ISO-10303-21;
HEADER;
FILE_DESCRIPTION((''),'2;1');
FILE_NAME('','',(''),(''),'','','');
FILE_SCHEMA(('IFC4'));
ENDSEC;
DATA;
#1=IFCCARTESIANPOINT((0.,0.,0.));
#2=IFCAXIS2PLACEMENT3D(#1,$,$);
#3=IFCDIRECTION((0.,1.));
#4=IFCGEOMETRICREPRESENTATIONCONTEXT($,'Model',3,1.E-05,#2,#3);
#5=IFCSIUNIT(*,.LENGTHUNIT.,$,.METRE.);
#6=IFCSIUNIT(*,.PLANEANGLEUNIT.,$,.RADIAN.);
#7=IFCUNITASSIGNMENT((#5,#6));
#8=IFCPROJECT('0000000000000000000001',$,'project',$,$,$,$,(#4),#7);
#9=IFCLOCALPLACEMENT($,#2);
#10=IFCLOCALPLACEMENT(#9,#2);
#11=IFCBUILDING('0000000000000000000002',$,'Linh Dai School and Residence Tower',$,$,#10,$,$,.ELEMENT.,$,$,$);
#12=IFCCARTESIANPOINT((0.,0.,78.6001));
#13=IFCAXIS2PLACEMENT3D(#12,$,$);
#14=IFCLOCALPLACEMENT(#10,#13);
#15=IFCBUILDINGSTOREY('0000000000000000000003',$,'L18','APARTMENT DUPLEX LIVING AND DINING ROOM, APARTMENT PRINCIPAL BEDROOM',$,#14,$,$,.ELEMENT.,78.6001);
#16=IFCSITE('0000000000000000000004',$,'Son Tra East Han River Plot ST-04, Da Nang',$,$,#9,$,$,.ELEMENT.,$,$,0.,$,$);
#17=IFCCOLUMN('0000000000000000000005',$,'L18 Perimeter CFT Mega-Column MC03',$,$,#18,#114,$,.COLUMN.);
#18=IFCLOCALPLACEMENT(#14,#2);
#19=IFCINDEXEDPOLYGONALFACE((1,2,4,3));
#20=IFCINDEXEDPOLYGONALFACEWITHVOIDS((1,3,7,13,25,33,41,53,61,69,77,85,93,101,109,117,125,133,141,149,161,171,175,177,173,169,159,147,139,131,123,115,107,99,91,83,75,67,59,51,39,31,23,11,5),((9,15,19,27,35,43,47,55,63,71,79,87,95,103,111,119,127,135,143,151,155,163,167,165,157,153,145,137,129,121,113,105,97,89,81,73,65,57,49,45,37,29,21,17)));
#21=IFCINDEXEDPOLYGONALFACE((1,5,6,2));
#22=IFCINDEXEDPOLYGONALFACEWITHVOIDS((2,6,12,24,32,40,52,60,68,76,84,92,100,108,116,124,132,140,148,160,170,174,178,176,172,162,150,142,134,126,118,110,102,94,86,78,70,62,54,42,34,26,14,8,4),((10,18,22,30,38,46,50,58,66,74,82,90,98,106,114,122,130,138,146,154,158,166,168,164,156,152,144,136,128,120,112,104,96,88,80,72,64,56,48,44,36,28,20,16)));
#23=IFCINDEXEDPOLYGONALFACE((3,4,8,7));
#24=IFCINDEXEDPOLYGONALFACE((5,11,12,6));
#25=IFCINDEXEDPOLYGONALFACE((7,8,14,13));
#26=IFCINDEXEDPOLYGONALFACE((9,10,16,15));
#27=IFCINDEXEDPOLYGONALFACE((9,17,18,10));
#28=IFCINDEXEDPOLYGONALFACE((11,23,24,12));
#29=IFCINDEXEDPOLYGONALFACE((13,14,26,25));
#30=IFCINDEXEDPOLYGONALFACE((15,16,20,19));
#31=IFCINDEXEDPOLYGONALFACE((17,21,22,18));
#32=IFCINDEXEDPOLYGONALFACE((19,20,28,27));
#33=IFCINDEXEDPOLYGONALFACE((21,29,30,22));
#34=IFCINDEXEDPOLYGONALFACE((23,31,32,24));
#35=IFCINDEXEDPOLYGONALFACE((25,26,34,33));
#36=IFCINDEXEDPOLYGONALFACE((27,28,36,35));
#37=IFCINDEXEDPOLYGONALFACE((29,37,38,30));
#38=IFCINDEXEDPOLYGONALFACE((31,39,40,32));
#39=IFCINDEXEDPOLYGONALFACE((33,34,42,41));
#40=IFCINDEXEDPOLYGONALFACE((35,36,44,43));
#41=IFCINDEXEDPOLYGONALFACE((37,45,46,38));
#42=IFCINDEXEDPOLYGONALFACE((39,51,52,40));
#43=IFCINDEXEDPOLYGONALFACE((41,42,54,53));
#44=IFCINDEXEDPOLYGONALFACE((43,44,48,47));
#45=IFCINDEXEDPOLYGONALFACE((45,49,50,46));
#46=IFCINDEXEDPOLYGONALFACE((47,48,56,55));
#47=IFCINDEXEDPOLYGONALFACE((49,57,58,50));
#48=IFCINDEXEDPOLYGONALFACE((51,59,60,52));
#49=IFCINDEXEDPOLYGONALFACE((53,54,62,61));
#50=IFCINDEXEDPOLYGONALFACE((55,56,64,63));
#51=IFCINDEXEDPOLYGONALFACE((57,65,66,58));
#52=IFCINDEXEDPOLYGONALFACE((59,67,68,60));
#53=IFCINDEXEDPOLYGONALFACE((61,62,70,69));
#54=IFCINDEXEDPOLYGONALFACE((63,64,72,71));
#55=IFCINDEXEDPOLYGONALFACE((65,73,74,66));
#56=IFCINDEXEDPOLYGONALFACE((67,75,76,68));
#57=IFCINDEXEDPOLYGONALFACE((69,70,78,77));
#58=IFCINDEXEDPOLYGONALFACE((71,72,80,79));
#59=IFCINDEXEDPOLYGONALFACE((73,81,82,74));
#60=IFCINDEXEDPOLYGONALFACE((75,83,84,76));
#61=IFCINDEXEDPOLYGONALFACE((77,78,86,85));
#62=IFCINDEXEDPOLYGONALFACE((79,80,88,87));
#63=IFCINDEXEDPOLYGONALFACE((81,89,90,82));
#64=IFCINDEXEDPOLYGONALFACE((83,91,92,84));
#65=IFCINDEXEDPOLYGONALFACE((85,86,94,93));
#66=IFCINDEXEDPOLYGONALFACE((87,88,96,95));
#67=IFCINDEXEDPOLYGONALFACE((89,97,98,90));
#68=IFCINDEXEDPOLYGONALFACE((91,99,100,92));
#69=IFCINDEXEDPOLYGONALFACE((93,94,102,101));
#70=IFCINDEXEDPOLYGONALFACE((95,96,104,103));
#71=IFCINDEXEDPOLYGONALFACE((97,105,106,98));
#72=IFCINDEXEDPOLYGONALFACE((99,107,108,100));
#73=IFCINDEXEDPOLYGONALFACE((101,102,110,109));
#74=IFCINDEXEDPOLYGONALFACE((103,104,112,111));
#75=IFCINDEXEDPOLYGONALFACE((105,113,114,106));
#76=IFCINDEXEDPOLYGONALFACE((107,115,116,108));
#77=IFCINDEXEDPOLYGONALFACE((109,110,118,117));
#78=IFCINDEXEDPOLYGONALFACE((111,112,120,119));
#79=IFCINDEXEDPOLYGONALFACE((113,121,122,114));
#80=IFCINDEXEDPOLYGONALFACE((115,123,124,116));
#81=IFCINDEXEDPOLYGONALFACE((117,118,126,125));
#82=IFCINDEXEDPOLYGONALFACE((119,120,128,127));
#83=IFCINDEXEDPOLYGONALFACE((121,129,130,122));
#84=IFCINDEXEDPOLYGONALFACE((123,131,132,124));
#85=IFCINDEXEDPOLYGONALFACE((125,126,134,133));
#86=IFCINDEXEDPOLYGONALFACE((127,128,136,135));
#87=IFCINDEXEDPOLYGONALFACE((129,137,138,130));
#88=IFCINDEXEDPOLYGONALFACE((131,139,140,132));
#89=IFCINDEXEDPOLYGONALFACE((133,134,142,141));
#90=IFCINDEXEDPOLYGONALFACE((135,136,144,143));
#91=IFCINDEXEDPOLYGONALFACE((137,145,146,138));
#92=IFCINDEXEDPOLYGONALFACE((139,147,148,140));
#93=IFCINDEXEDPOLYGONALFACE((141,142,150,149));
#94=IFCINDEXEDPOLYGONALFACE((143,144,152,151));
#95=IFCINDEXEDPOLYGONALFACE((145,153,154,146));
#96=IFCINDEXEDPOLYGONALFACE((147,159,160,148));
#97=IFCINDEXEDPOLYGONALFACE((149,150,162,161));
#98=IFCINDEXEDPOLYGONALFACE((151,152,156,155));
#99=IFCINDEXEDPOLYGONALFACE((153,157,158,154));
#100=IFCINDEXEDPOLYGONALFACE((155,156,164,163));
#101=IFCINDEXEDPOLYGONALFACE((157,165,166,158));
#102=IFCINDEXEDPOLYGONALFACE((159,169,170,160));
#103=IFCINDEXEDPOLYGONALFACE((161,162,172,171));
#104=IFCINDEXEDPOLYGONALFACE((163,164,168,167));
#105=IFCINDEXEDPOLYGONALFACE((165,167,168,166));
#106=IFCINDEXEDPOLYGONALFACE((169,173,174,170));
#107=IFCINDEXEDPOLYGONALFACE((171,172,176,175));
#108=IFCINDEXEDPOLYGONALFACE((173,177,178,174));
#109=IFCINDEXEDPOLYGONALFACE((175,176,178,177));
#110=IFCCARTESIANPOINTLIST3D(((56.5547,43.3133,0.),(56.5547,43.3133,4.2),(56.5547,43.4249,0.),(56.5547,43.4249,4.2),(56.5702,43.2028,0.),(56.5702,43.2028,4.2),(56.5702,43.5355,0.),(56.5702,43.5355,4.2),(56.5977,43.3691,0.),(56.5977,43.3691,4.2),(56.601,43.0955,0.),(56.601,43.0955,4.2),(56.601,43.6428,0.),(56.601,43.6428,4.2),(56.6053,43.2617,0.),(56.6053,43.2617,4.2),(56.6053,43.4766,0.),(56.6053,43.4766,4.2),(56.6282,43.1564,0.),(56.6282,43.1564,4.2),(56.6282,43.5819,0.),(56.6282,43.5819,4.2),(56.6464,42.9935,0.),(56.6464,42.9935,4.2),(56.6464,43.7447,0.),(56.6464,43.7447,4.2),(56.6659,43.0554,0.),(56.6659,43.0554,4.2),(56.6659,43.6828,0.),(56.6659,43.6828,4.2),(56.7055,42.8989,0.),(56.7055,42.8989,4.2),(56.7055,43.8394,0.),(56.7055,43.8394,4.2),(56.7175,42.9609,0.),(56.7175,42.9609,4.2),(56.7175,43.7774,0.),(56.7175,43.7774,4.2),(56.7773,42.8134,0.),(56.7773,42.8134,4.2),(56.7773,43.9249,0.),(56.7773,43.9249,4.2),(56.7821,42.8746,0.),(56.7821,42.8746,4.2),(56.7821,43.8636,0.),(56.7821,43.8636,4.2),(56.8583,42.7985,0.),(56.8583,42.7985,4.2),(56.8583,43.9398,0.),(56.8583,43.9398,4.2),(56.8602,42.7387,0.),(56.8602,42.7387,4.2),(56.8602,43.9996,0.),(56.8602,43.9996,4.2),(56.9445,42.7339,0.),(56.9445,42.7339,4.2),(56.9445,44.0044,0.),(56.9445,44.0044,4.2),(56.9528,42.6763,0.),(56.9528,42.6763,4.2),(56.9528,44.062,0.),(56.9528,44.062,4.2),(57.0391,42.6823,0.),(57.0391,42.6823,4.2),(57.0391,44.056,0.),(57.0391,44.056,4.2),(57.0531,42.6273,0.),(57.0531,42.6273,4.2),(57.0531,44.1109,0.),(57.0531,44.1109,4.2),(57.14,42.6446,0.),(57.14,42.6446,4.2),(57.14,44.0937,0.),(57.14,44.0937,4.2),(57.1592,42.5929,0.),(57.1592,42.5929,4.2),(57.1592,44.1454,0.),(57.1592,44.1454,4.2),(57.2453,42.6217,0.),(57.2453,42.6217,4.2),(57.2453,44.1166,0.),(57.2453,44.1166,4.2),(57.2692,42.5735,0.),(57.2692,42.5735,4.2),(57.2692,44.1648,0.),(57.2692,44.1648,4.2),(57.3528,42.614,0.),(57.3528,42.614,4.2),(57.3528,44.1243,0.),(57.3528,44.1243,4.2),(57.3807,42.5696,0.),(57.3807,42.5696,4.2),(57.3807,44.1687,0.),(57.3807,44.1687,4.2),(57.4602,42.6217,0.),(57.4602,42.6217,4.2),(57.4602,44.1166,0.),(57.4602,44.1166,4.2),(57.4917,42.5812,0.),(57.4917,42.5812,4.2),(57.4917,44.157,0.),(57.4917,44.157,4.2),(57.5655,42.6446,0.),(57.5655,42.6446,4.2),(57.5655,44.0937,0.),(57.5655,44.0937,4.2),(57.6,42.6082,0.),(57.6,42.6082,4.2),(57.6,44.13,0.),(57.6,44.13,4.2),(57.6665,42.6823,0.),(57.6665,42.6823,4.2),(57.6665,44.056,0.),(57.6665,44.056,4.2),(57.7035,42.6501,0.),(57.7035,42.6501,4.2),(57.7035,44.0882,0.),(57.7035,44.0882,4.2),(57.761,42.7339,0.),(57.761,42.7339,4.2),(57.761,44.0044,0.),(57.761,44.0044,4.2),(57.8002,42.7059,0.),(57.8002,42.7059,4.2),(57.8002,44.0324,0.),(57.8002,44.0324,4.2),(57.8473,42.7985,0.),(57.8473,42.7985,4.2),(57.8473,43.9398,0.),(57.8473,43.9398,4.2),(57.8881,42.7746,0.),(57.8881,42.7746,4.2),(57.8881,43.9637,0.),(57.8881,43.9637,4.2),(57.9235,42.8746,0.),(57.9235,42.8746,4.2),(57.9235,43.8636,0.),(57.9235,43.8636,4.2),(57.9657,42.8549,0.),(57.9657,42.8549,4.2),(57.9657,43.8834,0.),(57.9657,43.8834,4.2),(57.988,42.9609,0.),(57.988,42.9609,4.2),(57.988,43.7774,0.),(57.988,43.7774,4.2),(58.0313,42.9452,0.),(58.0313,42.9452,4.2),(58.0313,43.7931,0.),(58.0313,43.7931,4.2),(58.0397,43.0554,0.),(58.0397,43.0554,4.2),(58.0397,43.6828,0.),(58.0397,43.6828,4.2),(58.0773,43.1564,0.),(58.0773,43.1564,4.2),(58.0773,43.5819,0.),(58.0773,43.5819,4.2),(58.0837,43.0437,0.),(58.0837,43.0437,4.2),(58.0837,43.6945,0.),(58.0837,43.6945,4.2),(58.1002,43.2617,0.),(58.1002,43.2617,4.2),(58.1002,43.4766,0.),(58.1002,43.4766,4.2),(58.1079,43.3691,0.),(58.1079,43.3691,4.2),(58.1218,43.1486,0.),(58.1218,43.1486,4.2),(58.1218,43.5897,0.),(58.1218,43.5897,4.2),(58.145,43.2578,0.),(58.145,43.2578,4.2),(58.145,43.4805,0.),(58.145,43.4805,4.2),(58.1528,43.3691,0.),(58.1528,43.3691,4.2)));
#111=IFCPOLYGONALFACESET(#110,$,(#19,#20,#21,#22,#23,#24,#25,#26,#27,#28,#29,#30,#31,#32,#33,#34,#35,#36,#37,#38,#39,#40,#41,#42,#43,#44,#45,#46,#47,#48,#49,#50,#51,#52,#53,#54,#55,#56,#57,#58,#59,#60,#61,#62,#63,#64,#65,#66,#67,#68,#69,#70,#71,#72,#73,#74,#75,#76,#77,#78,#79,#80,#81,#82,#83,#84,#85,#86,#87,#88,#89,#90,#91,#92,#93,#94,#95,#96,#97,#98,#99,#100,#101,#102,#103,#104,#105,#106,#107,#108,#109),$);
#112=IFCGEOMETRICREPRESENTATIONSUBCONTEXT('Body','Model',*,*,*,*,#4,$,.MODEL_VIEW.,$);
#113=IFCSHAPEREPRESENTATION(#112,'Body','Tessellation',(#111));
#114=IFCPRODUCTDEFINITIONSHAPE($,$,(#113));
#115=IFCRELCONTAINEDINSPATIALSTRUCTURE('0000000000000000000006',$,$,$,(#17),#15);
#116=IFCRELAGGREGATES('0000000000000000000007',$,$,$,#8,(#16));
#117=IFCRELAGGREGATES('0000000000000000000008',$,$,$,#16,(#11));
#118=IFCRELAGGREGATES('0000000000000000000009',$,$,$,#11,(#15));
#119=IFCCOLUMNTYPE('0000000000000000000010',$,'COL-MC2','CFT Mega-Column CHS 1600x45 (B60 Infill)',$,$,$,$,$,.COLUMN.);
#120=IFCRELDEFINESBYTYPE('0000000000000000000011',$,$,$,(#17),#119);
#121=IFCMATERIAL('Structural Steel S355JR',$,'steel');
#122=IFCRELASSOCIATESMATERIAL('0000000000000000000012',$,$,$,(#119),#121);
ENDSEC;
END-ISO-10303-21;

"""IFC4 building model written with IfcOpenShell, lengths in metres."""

from ifc_helpers import new_model, si_unit, direction, frame, origin, origin_2d, place, context, subcontext, project, spatial, hollow_circle, extrude, material, material_profile, profile_set, type_object, element, save


model = new_model("IFC4")

# Units and contexts
model_context = context("Model", 3, precision=1e-05, world=origin(), true_north=direction((0.0, 1.0)))
body_context = subcontext(model_context, "Body", "Model", "MODEL_VIEW")
ifc_project = project(units=[si_unit("LENGTHUNIT", "METRE"), si_unit("PLANEANGLEUNIT", "RADIAN")], contexts=[model_context])

# Site, building, storey
site_placement = place(None, origin())
site = spatial("IfcSite", under=ifc_project, at=site_placement, Name="Son Tra East Han River Plot ST-04, Da Nang", CompositionType="ELEMENT", RefElevation=0.0)
building_placement = place(site_placement, origin())
building = spatial("IfcBuilding", under=site, at=building_placement, Name="Linh Dai School and Residence Tower", CompositionType="ELEMENT")
storey_placement = place(building_placement, frame((0.0, 0.0, 78.6001)))
storey = spatial("IfcBuildingStorey", under=building, at=storey_placement, Name="L18", Description="APARTMENT DUPLEX LIVING AND DINING ROOM, APARTMENT PRINCIPAL BEDROOM", CompositionType="ELEMENT", Elevation=78.6001)

# Column
ifc_material_1 = material(Name="Structural Steel S355JR", Category="steel")
ifc_material_profile_1 = material_profile(ifc_material_1, hollow_circle(Radius=0.8, WallThickness=0.0449, at=origin_2d()), Name="CHS 1600x45")
ifc_profile_set_1 = profile_set([ifc_material_profile_1], Name="Structural Steel S355JR")
column_type = type_object("IfcColumnType", Name="COL-MC2", Description="CFT Mega-Column CHS 1600x45 (B60 Infill)", PredefinedType="COLUMN", material=ifc_profile_set_1)
for number, where, z_axis, x_axis, name in (
    (1, (57.3528, 43.3691, 0.0), (0.0, 0.0, 1.0), (1.0, 0.0, 0.0), "L18 Perimeter CFT Mega-Column MC03"),
):
    element("IfcColumn", number, at=place(storey_placement, frame(where, z_axis=z_axis, x_axis=x_axis)), inside=storey, type_object=column_type, Name=name, PredefinedType="COLUMN", context=body_context, shape_type="SweptSolid", body=[
        extrude(hollow_circle(Radius=0.8, WallThickness=0.0449, at=origin_2d()), origin(), (0.0, 0.0, 1.0), 4.2),
    ])

save(model, "model.ifc")
